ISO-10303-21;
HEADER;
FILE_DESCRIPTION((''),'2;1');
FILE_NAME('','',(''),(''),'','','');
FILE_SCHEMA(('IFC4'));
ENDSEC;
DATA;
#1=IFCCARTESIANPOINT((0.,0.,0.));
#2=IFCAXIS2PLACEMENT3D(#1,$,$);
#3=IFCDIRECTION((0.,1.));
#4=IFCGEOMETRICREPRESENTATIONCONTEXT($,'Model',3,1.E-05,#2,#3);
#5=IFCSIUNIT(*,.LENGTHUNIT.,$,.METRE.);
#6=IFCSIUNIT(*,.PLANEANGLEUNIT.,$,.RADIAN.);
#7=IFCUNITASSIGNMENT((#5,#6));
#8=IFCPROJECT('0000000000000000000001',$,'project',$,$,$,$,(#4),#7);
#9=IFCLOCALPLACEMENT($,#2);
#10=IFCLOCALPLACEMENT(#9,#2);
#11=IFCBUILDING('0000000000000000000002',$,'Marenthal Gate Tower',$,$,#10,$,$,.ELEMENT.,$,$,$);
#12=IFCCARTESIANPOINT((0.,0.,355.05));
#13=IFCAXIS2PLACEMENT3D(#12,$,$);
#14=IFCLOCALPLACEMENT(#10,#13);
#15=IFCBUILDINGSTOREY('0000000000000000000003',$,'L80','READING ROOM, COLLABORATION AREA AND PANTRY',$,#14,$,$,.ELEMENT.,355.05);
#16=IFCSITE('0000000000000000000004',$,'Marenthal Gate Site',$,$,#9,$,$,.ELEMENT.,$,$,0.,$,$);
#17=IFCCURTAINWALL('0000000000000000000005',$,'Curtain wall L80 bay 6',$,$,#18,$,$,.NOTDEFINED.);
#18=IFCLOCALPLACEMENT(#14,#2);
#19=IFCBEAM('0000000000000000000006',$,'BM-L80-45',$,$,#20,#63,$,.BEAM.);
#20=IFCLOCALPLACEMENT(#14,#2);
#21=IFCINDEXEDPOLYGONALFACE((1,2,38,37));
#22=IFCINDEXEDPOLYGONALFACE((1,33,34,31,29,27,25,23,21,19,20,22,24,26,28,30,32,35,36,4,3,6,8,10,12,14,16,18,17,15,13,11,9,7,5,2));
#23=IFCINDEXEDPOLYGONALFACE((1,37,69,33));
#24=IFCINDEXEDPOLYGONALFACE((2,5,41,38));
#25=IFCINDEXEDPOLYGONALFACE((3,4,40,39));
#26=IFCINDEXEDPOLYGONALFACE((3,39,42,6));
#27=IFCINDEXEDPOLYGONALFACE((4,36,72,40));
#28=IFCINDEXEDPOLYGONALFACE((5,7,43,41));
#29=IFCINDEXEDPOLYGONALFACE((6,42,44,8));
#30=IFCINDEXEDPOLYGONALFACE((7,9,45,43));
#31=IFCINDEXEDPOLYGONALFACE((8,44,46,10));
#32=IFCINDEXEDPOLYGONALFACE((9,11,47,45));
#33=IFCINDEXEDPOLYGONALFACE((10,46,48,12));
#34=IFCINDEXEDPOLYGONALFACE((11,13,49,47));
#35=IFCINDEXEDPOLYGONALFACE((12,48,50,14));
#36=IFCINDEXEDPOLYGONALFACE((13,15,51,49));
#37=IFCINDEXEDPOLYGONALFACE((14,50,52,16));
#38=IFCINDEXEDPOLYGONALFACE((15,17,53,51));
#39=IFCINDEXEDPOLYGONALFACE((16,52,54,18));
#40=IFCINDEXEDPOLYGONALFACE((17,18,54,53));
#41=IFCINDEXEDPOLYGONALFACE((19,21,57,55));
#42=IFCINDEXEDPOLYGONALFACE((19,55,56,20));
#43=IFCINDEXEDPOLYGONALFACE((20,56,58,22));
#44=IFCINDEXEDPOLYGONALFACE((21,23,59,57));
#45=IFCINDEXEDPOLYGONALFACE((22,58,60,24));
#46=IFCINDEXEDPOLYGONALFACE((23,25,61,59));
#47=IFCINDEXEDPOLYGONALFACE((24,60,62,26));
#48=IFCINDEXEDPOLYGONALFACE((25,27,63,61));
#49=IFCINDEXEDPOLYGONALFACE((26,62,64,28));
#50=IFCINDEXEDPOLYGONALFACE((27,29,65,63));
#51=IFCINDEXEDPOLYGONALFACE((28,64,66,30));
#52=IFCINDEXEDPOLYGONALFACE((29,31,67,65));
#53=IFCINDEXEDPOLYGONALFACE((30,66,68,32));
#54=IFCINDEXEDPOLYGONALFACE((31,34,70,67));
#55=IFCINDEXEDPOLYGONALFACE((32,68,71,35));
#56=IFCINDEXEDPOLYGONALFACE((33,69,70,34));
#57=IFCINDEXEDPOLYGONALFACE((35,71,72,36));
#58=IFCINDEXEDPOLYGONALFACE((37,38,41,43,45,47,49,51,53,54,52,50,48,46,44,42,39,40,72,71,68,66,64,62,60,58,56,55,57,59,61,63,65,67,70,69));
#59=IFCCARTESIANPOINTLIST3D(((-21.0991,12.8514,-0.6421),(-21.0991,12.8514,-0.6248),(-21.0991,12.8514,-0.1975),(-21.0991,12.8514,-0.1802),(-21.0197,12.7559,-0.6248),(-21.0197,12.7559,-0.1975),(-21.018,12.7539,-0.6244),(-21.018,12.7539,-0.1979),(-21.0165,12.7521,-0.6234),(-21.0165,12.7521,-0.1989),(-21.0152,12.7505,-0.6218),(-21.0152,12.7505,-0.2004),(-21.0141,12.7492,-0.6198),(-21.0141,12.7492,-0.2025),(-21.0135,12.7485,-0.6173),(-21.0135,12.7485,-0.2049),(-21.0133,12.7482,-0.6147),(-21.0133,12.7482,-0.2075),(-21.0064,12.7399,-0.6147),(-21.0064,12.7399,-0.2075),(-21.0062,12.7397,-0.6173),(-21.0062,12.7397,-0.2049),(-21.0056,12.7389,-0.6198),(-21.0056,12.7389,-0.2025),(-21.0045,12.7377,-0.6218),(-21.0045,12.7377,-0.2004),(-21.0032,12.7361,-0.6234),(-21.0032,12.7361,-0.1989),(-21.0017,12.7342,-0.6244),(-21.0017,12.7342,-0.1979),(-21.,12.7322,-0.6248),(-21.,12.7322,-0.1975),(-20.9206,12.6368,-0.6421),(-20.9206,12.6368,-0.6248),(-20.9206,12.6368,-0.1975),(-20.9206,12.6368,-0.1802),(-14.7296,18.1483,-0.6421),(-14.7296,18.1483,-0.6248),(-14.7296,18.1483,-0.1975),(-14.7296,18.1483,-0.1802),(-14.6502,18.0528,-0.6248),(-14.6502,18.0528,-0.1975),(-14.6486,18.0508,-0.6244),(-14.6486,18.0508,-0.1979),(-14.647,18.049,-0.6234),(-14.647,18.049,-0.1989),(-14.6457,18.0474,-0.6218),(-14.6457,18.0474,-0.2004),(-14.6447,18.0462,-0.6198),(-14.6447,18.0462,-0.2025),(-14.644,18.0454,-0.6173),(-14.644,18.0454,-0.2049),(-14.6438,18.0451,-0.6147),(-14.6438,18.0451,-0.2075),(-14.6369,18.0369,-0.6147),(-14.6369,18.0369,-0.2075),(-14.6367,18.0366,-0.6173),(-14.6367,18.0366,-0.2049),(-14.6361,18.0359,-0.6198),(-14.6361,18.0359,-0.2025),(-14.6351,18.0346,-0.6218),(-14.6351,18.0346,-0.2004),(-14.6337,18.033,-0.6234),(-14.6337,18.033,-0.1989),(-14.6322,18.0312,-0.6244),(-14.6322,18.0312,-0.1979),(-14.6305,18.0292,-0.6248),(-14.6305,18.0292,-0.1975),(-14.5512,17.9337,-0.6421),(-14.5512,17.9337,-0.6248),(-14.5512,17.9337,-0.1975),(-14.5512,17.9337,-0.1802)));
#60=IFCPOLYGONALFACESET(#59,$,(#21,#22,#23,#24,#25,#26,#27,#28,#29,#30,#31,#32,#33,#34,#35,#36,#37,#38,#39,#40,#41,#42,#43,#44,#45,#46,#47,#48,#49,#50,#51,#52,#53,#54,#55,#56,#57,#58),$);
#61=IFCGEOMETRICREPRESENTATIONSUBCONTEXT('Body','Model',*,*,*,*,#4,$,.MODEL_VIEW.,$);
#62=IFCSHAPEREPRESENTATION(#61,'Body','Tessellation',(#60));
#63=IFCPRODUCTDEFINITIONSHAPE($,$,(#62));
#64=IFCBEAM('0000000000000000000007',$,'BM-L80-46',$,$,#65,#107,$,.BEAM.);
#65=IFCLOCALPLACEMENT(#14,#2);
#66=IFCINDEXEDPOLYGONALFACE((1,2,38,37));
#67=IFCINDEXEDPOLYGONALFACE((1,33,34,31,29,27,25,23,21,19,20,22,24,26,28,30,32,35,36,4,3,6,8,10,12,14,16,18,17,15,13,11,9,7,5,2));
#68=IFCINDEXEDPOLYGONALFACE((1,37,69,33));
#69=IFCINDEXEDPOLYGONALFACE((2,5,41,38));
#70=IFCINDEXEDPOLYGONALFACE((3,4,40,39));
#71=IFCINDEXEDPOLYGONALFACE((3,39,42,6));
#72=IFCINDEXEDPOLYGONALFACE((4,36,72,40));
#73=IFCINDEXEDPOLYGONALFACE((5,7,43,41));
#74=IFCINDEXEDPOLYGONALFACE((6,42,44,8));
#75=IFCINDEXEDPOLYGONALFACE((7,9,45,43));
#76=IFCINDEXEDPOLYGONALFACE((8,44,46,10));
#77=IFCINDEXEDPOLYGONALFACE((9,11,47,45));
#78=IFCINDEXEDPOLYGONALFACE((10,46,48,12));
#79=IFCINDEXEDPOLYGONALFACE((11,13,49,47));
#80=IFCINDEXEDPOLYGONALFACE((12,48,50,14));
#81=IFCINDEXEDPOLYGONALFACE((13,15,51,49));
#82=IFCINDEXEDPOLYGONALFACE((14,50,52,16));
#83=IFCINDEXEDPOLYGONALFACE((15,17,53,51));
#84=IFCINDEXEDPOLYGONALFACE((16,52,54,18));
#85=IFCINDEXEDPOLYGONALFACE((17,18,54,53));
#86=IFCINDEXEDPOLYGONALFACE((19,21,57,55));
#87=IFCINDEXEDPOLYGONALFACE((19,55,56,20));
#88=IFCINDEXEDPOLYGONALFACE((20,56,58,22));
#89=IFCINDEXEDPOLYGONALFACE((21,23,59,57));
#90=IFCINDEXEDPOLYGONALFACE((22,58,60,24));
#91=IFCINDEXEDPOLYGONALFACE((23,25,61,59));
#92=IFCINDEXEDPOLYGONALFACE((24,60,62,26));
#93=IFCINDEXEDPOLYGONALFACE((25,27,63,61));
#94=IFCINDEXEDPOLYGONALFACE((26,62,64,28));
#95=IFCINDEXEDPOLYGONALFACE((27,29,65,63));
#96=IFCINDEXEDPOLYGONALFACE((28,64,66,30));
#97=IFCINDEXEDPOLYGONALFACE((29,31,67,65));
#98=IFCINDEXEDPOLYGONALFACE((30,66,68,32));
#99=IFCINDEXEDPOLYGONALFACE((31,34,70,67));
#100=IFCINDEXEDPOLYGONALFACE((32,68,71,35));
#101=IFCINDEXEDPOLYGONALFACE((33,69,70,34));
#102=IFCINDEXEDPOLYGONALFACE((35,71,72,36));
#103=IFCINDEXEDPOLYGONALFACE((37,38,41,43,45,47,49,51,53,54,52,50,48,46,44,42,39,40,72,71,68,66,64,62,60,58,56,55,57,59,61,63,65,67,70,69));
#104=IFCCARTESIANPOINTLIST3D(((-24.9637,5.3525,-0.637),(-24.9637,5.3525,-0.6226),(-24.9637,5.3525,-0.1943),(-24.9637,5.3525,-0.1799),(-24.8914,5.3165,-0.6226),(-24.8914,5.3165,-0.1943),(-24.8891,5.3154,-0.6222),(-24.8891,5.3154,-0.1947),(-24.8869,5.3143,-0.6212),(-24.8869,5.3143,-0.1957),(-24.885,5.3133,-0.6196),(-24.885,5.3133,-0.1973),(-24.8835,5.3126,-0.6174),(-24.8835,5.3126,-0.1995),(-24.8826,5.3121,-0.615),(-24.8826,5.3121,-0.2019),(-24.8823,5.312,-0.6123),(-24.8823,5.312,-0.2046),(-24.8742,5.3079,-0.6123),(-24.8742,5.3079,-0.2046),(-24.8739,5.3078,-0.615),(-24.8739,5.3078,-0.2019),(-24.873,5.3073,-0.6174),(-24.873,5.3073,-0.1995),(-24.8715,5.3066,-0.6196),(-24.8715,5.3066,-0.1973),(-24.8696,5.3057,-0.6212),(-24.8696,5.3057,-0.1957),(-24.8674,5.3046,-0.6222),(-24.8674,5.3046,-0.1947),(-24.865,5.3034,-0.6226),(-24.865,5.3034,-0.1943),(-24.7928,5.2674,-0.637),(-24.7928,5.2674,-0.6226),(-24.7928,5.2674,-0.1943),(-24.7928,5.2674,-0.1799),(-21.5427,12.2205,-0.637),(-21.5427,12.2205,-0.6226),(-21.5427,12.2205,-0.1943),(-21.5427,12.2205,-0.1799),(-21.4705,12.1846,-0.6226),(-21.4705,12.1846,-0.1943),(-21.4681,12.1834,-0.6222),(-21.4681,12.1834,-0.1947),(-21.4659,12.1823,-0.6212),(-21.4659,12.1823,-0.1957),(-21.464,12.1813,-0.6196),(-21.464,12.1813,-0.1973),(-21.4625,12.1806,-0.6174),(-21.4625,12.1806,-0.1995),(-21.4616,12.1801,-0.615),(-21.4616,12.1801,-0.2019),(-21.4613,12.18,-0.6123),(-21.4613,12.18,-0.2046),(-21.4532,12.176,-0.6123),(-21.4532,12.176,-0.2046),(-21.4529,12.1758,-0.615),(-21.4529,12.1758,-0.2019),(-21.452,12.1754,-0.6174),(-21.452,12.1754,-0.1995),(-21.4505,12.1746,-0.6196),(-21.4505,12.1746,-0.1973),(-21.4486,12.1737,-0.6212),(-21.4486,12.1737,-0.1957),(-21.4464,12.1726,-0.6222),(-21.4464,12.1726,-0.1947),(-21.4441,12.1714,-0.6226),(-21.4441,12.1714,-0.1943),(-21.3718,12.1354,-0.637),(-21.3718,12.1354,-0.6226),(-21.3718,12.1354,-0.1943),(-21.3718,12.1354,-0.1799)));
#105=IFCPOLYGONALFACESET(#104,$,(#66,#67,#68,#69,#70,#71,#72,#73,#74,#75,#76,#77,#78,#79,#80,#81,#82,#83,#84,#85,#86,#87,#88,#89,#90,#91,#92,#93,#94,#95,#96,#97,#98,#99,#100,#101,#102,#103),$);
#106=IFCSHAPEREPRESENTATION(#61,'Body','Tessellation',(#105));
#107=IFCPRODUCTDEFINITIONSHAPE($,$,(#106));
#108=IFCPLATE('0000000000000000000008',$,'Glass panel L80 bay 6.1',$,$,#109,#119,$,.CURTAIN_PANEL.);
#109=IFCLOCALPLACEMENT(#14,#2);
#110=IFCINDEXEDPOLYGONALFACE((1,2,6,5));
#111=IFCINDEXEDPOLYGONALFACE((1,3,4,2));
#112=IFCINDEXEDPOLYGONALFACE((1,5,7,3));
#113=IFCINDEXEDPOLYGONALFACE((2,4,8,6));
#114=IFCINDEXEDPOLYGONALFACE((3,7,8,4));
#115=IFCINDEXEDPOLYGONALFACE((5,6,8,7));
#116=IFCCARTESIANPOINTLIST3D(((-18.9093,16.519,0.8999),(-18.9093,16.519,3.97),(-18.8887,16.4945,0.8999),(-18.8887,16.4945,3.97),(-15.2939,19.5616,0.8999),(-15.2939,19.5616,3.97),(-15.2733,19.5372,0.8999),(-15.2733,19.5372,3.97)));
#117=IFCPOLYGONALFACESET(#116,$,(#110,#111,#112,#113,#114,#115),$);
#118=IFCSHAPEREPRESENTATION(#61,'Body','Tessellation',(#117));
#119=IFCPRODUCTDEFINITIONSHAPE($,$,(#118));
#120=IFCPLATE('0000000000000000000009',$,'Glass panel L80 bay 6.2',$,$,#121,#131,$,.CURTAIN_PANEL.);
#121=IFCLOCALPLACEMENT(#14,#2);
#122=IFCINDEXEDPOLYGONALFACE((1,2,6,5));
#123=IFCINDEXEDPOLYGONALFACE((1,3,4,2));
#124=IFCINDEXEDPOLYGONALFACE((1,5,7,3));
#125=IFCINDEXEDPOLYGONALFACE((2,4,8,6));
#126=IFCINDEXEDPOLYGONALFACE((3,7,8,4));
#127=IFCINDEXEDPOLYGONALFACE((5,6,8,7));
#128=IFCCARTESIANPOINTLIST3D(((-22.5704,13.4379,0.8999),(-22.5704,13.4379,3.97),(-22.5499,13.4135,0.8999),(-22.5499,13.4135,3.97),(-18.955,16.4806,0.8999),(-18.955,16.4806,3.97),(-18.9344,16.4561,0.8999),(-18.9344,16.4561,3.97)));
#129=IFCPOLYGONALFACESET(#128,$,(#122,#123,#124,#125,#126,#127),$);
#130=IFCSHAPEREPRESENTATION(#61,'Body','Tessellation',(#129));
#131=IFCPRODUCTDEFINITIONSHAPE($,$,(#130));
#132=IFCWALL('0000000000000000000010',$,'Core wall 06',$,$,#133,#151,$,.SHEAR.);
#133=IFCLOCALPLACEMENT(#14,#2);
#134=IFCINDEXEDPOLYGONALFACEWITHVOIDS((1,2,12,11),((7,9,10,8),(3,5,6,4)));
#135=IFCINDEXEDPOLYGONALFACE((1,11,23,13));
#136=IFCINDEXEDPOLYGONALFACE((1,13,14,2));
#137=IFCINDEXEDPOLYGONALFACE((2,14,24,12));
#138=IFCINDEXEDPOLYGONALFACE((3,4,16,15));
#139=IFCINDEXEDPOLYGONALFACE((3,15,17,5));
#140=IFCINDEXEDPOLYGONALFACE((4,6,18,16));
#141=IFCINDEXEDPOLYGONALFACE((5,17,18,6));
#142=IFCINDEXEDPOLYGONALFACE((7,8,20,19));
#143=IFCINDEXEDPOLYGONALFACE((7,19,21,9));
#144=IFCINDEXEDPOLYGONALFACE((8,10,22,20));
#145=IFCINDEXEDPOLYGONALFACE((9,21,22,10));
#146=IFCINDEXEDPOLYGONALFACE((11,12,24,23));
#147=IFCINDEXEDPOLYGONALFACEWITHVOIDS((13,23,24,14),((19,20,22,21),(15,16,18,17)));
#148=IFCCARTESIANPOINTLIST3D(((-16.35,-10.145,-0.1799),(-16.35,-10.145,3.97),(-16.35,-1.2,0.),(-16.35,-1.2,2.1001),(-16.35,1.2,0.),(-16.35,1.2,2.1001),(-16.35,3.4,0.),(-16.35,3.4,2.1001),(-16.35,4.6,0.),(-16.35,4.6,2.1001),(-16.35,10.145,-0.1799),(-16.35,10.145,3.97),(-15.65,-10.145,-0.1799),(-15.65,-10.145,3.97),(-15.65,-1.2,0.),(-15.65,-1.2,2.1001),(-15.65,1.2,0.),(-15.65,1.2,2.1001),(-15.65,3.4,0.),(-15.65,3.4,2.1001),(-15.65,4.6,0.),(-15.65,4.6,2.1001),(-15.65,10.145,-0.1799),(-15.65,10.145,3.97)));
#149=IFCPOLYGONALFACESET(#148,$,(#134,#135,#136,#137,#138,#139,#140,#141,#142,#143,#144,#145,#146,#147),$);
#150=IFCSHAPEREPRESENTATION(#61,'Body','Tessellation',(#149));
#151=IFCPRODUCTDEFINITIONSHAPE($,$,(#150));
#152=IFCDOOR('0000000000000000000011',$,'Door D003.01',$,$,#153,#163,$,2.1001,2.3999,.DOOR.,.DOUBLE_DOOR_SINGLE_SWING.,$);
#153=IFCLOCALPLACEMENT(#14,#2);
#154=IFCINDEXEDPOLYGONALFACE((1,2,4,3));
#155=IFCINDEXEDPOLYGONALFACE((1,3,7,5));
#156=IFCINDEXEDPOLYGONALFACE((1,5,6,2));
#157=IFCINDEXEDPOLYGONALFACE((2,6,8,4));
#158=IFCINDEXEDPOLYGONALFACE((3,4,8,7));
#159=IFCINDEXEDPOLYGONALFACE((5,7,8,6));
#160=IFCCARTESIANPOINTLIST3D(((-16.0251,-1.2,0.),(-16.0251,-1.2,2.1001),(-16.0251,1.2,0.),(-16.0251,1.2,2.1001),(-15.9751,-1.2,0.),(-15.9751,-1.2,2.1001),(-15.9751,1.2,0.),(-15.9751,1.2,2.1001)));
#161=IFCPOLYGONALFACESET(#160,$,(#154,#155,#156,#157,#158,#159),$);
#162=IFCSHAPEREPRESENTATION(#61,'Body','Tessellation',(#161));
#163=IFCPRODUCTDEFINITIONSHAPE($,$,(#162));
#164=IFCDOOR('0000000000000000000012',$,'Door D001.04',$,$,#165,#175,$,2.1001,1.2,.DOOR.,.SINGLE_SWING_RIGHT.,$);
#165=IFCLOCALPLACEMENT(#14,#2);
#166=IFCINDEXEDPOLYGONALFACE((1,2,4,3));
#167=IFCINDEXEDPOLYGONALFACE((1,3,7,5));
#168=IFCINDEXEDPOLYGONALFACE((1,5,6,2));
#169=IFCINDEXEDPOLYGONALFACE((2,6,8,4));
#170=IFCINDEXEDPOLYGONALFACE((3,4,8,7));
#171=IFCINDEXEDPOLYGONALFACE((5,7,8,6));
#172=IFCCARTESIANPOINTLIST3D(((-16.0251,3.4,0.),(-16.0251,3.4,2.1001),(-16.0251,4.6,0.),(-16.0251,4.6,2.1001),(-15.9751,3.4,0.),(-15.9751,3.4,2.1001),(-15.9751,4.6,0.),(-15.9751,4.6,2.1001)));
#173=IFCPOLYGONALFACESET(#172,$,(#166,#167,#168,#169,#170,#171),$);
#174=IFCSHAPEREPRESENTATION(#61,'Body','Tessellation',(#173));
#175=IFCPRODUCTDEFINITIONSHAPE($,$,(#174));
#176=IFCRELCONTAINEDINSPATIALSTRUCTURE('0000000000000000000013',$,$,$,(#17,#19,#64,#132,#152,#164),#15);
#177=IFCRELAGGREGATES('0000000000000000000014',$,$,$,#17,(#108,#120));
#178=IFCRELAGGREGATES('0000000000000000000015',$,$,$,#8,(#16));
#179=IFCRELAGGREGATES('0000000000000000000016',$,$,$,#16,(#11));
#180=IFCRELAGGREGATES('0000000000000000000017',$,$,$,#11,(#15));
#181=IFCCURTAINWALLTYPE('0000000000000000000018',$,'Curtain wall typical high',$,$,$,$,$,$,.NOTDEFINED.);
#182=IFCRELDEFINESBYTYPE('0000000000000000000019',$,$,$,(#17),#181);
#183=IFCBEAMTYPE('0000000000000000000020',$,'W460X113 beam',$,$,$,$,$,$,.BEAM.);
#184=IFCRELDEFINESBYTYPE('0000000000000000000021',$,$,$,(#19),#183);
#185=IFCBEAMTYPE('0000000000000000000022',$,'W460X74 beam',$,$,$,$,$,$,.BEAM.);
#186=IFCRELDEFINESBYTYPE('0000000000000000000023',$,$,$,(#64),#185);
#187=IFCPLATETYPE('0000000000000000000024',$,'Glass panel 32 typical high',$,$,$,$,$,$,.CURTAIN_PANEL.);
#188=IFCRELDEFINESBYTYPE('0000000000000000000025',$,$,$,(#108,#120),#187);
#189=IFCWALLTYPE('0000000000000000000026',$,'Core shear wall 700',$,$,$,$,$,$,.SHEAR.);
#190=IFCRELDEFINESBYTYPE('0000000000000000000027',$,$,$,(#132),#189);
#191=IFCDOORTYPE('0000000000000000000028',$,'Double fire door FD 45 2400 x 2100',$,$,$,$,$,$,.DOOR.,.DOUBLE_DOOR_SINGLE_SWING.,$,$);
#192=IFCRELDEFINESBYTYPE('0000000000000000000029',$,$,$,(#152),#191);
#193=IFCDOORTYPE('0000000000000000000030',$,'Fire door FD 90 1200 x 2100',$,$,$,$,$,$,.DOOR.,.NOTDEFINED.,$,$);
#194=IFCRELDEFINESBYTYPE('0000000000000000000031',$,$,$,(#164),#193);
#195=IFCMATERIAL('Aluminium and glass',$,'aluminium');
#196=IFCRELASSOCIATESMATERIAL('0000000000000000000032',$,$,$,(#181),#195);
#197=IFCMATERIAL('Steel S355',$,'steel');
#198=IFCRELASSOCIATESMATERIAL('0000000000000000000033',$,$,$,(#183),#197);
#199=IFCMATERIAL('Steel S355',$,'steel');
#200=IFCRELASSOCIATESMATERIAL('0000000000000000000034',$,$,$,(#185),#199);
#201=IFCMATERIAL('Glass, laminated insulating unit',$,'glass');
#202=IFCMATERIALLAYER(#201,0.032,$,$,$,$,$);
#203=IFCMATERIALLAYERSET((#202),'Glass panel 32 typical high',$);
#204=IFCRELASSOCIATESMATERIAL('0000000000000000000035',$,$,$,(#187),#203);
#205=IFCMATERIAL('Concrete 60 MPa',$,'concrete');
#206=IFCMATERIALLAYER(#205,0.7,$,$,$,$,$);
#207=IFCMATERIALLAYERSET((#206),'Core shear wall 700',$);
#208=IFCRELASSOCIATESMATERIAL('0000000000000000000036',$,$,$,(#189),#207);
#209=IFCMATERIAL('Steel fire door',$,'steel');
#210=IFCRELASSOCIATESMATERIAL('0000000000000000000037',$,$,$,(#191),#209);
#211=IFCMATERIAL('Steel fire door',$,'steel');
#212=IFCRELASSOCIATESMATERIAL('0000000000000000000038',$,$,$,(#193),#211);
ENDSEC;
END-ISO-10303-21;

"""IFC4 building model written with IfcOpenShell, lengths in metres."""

from ifc_helpers import new_model, si_unit, direction, frame, frame_2d, origin, origin_2d, place, context, subcontext, project, spatial, rectangle, i_section, extrude, material, layer, layer_set, material_profile, profile_set, type_object, element, fill, aggregate, save


model = new_model("IFC4")

# Units and contexts
model_context = context("Model", 3, precision=1e-05, world=origin(), true_north=direction((0.0, 1.0)))
body_context = subcontext(model_context, "Body", "Model", "MODEL_VIEW")
ifc_project = project(units=[si_unit("LENGTHUNIT", "METRE"), si_unit("PLANEANGLEUNIT", "RADIAN")], contexts=[model_context])

# Site, building, storey
site_placement = place(None, origin())
site = spatial("IfcSite", under=ifc_project, at=site_placement, Name="Marenthal Gate Site", CompositionType="ELEMENT", RefElevation=0.0)
building_placement = place(site_placement, origin())
building = spatial("IfcBuilding", under=site, at=building_placement, Name="Marenthal Gate Tower", CompositionType="ELEMENT")
storey_placement = place(building_placement, frame((0.0, 0.0, 355.05)))
storey = spatial("IfcBuildingStorey", under=building, at=storey_placement, Name="L80", Description="READING ROOM, COLLABORATION AREA AND PANTRY", CompositionType="ELEMENT", Elevation=355.05)

# Curtain wall
ifc_material_1 = material(Name="Aluminium and glass", Category="aluminium")
curtain_wall_type = type_object("IfcCurtainWallType", Name="Curtain wall typical high", PredefinedType="NOTDEFINED", material=ifc_material_1)
curtain_wall_placement = place(storey_placement, origin())
curtain_wall = element("IfcCurtainWall", 1, at=curtain_wall_placement, inside=storey, type_object=curtain_wall_type, Name="Curtain wall L80 bay 6", PredefinedType="NOTDEFINED")

# Beams
ifc_material_2 = material(Name="Steel S355", Category="steel")
ifc_material_profile_1 = material_profile(ifc_material_2, i_section(OverallWidth=0.2791, OverallDepth=0.4619, WebThickness=0.0107, FlangeThickness=0.0173, FilletRadius=0.01, at=origin_2d()), Name="W460X113")
ifc_profile_set_1 = profile_set([ifc_material_profile_1], Name="Steel S355")
beam_type_1 = type_object("IfcBeamType", Name="W460X113 beam", PredefinedType="BEAM", material=ifc_profile_set_1)
beam_1_placement = place(storey_placement, frame((-14.6404, 18.041, -0.4111), z_axis=(-0.768871, -0.639404, 0.0), x_axis=(0.639404, -0.768871, 0.0)))
element("IfcBeam", 2, at=beam_1_placement, inside=storey, type_object=beam_type_1, Name="BM-L80-45", PredefinedType="BEAM", context=body_context, shape_type="SweptSolid", body=[
    extrude(i_section(OverallWidth=0.2791, OverallDepth=0.4619, WebThickness=0.0107, FlangeThickness=0.0173, FilletRadius=0.01, at=origin_2d()), origin(), (0.0, 0.0, 1.0), 8.2842),
])
ifc_material_3 = material(Name="Steel S355", Category="steel")
ifc_material_profile_2 = material_profile(ifc_material_3, i_section(OverallWidth=0.1909, OverallDepth=0.457, WebThickness=0.009, FlangeThickness=0.0144, FilletRadius=0.0103, at=origin_2d()), Name="W460X74")
ifc_profile_set_2 = profile_set([ifc_material_profile_2], Name="Steel S355")
beam_type_2 = type_object("IfcBeamType", Name="W460X74 beam", PredefinedType="BEAM", material=ifc_profile_set_2)
beam_2_placement = place(storey_placement, frame((-21.4573, 12.178, -0.4084), z_axis=(-0.445851, -0.895107, 0.0), x_axis=(0.895107, -0.445851, 0.0)))
element("IfcBeam", 3, at=beam_2_placement, inside=storey, type_object=beam_type_2, Name="BM-L80-46", PredefinedType="BEAM", context=body_context, shape_type="SweptSolid", body=[
    extrude(i_section(OverallWidth=0.1909, OverallDepth=0.457, WebThickness=0.009, FlangeThickness=0.0144, FilletRadius=0.0103, at=origin_2d()), origin(), (0.0, 0.0, 1.0), 7.6729),
])

# Plates
ifc_material_4 = material(Name="Glass, laminated insulating unit", Category="glass")
ifc_layer_1 = layer(ifc_material_4, 0.032)
ifc_layer_set_1 = layer_set([ifc_layer_1], Name="Glass panel 32 typical high")
plate_type = type_object("IfcPlateType", Name="Glass panel 32 typical high", PredefinedType="CURTAIN_PANEL", material=ifc_layer_set_1)
plate_1_placement = place(storey_placement, frame((-17.0913, 18.0281, 0.8999), z_axis=(0.0, 0.0, 1.0), x_axis=(-0.765113, -0.643896, 0.0)))
plate_1 = element("IfcPlate", 4, at=plate_1_placement, type_object=plate_type, Name="Glass panel L80 bay 6.1", PredefinedType="CURTAIN_PANEL", context=body_context, shape_type="SweptSolid", body=[
    extrude(rectangle(XDim=4.7253, YDim=0.032, at=origin_2d()), origin(), (0.0, 0.0, 1.0), 3.0701),
])
plate_2_placement = place(storey_placement, frame((-20.7524, 14.947, 0.8999), z_axis=(0.0, 0.0, 1.0), x_axis=(-0.765113, -0.643896, 0.0)))
plate_2 = element("IfcPlate", 5, at=plate_2_placement, type_object=plate_type, Name="Glass panel L80 bay 6.2", PredefinedType="CURTAIN_PANEL", context=body_context, shape_type="SweptSolid", body=[
    extrude(rectangle(XDim=4.7253, YDim=0.032, at=origin_2d()), origin(), (0.0, 0.0, 1.0), 3.0701),
])
aggregate(curtain_wall, [plate_1, plate_2])

# Wall, openings, doors
ifc_material_5 = material(Name="Concrete 60 MPa", Category="concrete")
ifc_layer_2 = layer(ifc_material_5, 0.7)
ifc_layer_set_2 = layer_set([ifc_layer_2], Name="Core shear wall 700")
wall_type_1 = type_object("IfcWallType", Name="Core shear wall 700", PredefinedType="SHEAR", material=ifc_layer_set_2)
wall_1_placement = place(storey_placement, frame((-16.0, 10.145, -0.1799), z_axis=(0.0, 0.0, 1.0), x_axis=(0.0, -1.0, 0.0)))
wall_1 = element("IfcWall", 6, at=wall_1_placement, inside=storey, type_object=wall_type_1, Name="Core wall 06", PredefinedType="SHEAR", context=body_context, shape_type="SweptSolid", body=[
    extrude(rectangle(XDim=20.29, YDim=0.7, at=frame_2d((10.145, 0.0))), origin(), (0.0, 0.0, 1.0), 4.1499),
])
opening_1_placement = place(wall_1_placement, frame((8.9451, 0.0, 0.1799)))
opening_1 = element("IfcOpeningElement", 7, at=opening_1_placement, cuts=wall_1, PredefinedType="OPENING", context=body_context, shape_type="SweptSolid", body=[
    extrude(rectangle(XDim=2.3999, YDim=2.1001, at=frame_2d((1.2, 1.05))), frame((0.0, 0.3599, 0.0), z_axis=(0.0, -1.0, 0.0), x_axis=(1.0, 0.0, 0.0)), (0.0, 0.0, 1.0), 0.72),
])
opening_2_placement = place(wall_1_placement, frame((5.5449, 0.0, 0.1799)))
opening_2 = element("IfcOpeningElement", 8, at=opening_2_placement, cuts=wall_1, PredefinedType="OPENING", context=body_context, shape_type="SweptSolid", body=[
    extrude(rectangle(XDim=1.2, YDim=2.1001, at=frame_2d((0.6001, 1.05))), frame((0.0, 0.3599, 0.0), z_axis=(0.0, -1.0, 0.0), x_axis=(1.0, 0.0, 0.0)), (0.0, 0.0, 1.0), 0.72),
])
ifc_material_6 = material(Name="Steel fire door", Category="steel")
door_type_1 = type_object("IfcDoorType", Name="Double fire door FD 45 2400 x 2100", OperationType="DOUBLE_DOOR_SINGLE_SWING", PredefinedType="DOOR", material=ifc_material_6)
door_1_placement = place(opening_1_placement, origin())
door_1 = element("IfcDoor", 9, at=door_1_placement, inside=storey, type_object=door_type_1, Name="Door D003.01", OperationType="DOUBLE_DOOR_SINGLE_SWING", OverallHeight=2.1001, OverallWidth=2.3999, PredefinedType="DOOR", context=body_context, shape_type="SweptSolid", body=[
    extrude(rectangle(XDim=2.3999, YDim=2.1001, at=frame_2d((1.2, 1.05))), frame((0.0, 0.0249, 0.0), z_axis=(0.0, -1.0, 0.0), x_axis=(1.0, 0.0, 0.0)), (0.0, 0.0, 1.0), 0.05),
])
fill(opening_1, door_1)
ifc_material_7 = material(Name="Steel fire door", Category="steel")
door_type_2 = type_object("IfcDoorType", Name="Fire door FD 90 1200 x 2100", OperationType="NOTDEFINED", PredefinedType="DOOR", material=ifc_material_7)
door_2_placement = place(opening_2_placement, origin())
door_2 = element("IfcDoor", 10, at=door_2_placement, inside=storey, type_object=door_type_2, Name="Door D001.04", OperationType="SINGLE_SWING_RIGHT", OverallHeight=2.1001, OverallWidth=1.2, PredefinedType="DOOR", context=body_context, shape_type="SweptSolid", body=[
    extrude(rectangle(XDim=1.2, YDim=2.1001, at=frame_2d((0.6001, 1.05))), frame((0.0, 0.0249, 0.0), z_axis=(0.0, -1.0, 0.0), x_axis=(1.0, 0.0, 0.0)), (0.0, 0.0, 1.0), 0.05),
])
fill(opening_2, door_2)

save(model, "model.ifc")
